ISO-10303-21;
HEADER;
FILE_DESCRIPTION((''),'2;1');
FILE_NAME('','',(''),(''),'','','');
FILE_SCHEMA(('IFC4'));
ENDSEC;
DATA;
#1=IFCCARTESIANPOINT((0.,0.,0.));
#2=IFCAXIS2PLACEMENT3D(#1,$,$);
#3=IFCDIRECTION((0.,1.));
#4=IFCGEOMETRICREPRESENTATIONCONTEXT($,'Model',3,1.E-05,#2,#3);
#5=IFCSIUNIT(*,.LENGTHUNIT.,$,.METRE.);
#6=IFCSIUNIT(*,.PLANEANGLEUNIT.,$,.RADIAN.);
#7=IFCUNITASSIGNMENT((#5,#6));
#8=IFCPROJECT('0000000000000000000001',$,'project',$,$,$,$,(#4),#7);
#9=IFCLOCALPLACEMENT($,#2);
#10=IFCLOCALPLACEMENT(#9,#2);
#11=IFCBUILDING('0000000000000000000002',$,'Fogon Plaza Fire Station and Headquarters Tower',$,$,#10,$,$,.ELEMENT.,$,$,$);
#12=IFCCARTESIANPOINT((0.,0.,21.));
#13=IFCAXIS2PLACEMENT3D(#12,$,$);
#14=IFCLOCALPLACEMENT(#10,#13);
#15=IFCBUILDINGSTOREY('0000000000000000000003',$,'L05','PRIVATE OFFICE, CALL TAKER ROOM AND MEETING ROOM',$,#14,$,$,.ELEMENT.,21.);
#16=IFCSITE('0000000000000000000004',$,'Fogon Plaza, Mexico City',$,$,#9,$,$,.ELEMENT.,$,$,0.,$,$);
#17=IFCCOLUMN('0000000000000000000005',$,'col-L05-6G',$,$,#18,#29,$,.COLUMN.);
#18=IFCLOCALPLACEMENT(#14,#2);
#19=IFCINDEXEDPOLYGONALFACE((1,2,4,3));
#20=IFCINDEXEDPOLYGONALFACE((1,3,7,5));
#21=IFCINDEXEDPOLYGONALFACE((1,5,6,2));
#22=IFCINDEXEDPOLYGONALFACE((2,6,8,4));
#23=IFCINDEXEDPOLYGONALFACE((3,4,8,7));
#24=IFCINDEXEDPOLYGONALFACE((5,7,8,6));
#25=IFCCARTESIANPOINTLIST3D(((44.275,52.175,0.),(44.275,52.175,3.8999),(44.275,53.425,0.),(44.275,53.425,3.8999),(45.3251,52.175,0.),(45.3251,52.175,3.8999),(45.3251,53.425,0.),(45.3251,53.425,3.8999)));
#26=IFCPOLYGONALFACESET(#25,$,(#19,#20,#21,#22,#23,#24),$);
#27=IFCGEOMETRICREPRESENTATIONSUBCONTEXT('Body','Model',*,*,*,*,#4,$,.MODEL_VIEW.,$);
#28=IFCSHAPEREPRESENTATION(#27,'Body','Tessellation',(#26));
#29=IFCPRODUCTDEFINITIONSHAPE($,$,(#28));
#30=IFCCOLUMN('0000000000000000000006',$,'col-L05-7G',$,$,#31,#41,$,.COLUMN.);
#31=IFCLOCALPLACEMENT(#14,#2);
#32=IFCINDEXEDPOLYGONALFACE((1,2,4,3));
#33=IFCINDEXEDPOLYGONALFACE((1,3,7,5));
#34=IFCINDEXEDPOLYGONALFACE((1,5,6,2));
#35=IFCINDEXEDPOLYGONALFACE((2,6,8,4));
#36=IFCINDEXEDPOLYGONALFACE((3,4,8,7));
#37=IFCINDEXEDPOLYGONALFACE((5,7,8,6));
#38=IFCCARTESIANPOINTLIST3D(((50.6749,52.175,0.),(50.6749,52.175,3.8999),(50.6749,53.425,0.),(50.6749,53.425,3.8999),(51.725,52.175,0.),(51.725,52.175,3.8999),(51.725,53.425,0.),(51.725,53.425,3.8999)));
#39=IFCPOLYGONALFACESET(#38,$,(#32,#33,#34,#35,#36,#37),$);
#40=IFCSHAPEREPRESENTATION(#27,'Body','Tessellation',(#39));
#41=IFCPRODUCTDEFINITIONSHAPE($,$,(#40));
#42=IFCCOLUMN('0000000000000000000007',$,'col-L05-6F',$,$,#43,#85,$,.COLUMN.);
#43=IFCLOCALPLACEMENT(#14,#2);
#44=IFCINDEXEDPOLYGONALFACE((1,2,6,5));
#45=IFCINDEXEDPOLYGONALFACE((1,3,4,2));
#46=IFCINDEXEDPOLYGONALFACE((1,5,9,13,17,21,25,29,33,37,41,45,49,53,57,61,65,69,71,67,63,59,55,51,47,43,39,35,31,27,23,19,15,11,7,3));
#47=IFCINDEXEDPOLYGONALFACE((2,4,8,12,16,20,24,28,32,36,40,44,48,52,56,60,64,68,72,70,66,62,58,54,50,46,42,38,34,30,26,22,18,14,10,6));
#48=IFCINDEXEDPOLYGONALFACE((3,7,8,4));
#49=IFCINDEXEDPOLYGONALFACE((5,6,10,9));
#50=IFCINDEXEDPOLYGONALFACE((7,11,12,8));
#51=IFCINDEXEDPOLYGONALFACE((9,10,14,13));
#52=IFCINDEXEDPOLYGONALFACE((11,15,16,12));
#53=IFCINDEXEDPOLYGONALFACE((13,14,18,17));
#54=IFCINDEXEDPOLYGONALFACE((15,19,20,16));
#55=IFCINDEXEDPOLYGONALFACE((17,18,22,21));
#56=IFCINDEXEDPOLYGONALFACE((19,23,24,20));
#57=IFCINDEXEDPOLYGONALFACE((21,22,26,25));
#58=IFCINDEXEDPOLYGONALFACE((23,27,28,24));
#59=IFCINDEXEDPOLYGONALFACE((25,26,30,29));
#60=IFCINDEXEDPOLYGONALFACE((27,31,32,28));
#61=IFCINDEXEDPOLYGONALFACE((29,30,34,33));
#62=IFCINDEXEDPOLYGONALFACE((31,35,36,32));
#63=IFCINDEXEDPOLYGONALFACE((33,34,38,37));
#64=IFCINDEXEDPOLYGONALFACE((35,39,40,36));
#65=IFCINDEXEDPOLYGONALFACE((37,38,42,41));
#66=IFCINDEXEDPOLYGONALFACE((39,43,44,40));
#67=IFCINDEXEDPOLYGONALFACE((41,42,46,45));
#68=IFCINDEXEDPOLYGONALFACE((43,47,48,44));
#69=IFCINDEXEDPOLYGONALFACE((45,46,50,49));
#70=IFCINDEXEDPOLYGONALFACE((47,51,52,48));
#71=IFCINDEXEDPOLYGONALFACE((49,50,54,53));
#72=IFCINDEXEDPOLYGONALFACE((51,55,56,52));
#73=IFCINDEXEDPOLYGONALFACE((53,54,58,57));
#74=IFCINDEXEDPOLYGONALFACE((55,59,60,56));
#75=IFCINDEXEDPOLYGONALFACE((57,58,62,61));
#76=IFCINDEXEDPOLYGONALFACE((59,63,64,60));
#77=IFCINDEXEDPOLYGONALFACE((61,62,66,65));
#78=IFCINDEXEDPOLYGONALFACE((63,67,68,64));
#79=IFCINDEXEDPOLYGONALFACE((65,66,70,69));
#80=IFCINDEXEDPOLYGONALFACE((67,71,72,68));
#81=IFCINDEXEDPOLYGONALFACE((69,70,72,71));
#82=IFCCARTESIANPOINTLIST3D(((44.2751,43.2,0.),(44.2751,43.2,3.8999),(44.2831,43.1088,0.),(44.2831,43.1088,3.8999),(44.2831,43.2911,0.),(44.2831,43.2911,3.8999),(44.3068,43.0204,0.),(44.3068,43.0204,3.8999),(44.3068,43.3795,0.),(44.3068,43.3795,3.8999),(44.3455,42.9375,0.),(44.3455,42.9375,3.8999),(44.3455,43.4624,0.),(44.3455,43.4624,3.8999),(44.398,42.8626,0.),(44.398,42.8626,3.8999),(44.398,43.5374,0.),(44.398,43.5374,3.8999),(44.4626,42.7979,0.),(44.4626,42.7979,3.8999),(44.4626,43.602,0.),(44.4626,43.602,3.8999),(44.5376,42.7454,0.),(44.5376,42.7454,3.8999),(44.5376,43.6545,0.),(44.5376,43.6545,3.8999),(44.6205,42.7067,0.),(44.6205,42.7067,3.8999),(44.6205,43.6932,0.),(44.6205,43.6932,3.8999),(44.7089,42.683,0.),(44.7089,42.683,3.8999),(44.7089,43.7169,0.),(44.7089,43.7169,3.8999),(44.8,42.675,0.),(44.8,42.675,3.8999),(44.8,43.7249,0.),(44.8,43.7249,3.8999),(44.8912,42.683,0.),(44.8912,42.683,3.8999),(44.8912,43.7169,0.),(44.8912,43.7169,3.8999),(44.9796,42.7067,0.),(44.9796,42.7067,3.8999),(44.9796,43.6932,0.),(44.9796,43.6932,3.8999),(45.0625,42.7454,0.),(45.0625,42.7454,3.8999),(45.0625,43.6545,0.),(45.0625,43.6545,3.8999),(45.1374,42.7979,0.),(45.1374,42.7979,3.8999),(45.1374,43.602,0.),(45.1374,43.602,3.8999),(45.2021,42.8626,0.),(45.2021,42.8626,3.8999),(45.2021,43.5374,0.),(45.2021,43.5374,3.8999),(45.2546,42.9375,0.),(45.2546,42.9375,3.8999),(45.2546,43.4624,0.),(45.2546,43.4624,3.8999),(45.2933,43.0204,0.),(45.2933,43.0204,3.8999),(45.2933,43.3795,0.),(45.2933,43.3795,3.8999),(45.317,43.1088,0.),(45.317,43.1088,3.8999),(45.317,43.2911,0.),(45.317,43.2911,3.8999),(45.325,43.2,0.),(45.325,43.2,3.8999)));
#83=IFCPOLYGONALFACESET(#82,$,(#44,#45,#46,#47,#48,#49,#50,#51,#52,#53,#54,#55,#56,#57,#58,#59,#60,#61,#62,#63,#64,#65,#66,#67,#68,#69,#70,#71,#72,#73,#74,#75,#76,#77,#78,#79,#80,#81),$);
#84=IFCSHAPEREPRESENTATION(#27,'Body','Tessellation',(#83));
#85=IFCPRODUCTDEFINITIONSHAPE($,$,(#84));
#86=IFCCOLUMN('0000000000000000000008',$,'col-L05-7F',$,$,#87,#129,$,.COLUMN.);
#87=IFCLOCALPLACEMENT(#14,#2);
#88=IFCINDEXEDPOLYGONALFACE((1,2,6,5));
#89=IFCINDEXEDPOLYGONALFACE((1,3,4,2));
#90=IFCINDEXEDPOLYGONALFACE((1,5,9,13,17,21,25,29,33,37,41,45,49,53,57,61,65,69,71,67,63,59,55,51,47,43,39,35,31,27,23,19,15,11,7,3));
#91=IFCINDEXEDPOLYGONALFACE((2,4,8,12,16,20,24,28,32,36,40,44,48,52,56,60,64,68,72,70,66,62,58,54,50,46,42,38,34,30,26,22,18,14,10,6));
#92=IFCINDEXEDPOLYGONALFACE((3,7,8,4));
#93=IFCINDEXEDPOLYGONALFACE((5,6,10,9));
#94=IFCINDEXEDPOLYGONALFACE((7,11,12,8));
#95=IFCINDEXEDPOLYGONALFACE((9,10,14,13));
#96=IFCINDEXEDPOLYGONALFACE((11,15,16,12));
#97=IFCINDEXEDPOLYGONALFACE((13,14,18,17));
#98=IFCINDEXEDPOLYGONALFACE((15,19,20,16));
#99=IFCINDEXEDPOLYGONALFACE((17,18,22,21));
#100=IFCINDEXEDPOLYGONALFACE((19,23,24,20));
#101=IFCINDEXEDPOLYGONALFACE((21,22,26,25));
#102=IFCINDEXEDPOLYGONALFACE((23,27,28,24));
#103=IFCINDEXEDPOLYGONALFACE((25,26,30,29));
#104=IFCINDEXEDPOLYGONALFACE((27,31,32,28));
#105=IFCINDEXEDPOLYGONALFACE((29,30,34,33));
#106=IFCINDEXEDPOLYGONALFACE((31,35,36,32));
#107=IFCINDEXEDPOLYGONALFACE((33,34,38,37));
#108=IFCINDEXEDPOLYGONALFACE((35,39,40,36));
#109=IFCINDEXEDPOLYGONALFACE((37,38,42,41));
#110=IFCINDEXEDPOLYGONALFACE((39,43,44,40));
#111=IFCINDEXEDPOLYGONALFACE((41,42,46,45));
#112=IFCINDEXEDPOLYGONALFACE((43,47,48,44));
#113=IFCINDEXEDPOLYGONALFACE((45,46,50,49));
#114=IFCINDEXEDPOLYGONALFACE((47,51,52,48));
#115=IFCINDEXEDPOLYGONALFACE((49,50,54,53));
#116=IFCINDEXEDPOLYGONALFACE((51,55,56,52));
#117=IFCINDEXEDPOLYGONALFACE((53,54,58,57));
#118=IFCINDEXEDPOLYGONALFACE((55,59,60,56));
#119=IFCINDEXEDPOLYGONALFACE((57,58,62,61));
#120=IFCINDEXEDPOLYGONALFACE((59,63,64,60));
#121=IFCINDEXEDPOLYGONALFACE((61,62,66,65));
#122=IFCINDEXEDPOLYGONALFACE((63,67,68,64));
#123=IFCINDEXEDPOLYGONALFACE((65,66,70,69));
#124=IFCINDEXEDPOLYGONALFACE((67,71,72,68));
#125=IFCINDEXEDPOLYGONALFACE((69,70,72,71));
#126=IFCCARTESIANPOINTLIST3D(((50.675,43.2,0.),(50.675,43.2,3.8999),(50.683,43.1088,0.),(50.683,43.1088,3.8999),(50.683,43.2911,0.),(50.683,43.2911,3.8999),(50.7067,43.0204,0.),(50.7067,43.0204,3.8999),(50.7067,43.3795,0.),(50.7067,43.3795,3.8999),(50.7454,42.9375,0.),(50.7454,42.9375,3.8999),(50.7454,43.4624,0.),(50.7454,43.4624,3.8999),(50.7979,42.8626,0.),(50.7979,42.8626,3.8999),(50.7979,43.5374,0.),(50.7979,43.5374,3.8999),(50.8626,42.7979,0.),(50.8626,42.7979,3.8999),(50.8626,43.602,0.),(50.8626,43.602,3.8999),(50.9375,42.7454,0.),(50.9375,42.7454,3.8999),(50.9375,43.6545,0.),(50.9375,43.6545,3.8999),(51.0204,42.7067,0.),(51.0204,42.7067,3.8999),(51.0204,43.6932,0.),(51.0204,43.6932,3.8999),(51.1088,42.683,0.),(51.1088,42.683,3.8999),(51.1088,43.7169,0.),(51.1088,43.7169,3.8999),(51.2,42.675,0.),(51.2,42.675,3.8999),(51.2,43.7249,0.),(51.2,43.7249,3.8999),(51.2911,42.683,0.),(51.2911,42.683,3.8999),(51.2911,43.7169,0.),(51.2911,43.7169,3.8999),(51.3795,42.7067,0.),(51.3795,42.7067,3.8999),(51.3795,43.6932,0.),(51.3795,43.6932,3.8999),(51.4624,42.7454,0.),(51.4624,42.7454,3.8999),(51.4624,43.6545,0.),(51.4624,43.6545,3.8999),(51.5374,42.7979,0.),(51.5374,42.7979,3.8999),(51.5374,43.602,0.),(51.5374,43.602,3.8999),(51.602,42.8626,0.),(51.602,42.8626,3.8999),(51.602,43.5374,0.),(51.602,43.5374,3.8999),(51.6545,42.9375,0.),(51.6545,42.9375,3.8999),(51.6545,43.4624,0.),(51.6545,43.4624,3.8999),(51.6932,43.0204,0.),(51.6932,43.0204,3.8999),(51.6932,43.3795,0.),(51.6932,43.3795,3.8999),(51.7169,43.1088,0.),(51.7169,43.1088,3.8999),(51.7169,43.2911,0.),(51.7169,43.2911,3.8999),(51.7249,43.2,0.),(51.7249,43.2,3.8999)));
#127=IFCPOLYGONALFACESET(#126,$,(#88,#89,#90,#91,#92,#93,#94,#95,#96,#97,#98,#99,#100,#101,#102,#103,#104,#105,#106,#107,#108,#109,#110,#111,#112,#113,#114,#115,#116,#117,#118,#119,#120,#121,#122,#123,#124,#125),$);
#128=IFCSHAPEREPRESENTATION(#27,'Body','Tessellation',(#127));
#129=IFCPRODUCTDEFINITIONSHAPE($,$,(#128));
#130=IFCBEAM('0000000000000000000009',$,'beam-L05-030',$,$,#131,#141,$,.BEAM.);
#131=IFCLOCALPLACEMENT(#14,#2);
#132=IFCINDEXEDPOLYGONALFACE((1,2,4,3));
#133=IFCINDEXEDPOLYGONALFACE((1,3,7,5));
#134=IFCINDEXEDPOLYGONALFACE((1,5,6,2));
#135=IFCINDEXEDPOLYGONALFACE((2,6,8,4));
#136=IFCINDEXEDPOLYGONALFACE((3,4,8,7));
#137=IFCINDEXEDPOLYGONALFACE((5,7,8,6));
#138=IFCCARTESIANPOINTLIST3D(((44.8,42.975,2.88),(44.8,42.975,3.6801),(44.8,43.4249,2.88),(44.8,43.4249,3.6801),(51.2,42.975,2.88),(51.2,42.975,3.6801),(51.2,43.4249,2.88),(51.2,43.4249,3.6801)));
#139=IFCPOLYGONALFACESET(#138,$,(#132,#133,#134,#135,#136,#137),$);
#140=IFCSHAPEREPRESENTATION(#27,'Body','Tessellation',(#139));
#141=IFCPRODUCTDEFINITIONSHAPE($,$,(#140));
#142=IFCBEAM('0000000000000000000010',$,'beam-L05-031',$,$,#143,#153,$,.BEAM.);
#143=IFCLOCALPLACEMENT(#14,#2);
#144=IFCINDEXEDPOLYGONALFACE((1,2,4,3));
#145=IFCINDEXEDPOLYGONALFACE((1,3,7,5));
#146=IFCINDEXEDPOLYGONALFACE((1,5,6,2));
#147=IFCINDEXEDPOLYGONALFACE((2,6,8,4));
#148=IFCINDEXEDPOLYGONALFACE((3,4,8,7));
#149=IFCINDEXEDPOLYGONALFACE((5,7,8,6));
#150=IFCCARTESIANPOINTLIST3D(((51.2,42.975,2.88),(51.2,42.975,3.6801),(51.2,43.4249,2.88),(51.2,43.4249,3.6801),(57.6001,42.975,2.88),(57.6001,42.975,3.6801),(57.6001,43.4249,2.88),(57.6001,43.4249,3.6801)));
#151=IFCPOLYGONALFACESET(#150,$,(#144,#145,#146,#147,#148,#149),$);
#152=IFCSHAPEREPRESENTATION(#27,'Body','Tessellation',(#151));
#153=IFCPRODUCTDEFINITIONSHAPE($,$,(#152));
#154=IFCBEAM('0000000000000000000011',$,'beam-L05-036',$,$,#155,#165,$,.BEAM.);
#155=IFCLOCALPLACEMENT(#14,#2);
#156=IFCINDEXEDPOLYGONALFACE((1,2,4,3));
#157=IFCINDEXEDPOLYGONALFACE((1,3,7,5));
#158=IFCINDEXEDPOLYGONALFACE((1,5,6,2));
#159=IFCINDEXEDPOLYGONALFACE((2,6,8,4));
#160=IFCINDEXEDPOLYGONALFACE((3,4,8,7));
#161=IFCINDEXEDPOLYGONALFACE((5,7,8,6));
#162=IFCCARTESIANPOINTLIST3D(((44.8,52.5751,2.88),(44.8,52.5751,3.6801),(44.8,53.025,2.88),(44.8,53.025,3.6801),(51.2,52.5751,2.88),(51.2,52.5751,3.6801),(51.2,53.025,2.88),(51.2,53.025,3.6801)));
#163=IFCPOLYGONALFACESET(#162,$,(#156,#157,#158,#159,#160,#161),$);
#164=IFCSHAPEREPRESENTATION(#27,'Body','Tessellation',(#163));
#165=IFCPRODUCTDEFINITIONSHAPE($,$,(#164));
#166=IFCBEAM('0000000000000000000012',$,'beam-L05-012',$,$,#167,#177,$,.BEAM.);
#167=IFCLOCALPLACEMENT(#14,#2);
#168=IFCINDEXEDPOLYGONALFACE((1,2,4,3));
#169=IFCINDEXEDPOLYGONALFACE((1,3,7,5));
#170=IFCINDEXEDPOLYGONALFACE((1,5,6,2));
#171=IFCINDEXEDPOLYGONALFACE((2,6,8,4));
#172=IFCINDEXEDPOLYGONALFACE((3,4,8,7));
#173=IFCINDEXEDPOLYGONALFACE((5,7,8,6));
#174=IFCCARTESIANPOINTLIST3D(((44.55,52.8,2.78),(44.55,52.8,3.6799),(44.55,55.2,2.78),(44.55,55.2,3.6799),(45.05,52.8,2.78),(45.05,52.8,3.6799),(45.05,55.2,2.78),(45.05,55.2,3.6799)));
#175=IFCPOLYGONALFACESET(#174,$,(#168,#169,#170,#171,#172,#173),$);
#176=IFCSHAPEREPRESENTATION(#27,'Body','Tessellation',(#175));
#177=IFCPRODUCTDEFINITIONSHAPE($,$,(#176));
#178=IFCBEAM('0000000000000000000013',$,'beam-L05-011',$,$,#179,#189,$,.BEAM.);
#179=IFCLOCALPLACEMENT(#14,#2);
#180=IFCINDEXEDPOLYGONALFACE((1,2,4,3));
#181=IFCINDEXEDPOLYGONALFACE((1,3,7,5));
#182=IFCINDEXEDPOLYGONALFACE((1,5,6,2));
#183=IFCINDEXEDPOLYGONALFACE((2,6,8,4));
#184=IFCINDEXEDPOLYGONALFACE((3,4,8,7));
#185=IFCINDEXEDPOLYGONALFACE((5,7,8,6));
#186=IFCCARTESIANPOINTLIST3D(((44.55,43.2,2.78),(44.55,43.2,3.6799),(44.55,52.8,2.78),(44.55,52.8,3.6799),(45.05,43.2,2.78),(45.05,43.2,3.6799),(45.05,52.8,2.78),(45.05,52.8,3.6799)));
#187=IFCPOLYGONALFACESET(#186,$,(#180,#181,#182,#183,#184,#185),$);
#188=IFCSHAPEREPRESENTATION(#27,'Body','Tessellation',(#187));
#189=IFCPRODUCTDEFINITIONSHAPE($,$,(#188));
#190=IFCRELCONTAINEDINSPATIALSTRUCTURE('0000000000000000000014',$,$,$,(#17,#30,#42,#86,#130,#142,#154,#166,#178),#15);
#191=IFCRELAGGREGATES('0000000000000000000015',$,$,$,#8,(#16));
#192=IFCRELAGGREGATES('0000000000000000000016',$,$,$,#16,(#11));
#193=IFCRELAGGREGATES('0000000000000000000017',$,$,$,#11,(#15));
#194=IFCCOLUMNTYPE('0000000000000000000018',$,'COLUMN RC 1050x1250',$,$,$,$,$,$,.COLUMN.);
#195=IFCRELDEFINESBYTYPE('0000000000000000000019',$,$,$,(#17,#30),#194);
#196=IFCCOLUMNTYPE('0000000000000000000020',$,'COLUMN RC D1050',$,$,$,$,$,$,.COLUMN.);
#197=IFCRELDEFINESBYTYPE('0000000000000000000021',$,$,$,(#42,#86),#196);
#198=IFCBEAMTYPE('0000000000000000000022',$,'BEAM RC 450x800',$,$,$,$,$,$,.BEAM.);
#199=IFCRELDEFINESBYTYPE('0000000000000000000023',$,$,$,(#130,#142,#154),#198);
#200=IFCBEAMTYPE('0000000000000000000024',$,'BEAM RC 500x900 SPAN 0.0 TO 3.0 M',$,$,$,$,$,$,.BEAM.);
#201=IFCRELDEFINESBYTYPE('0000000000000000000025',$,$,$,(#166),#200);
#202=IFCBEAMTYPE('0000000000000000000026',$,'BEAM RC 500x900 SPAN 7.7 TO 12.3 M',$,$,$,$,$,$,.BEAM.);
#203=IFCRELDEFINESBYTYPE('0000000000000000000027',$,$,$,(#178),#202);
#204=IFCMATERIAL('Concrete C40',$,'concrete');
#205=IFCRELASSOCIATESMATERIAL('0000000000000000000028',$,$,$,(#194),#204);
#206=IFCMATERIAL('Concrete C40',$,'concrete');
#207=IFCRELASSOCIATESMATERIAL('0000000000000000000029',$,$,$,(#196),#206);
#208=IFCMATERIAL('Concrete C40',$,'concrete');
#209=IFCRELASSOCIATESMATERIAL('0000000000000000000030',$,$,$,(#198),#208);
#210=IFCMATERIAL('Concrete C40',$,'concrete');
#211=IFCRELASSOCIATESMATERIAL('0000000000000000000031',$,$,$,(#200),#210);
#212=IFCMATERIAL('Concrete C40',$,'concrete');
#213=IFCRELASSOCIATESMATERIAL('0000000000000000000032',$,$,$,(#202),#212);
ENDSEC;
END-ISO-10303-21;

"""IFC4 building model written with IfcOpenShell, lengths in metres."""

from ifc_helpers import new_model, si_unit, direction, frame, origin, origin_2d, place, context, subcontext, project, spatial, rectangle, circle, extrude, material, material_profile, profile_set, type_object, element, save


model = new_model("IFC4")

# Units and contexts
model_context = context("Model", 3, precision=1e-05, world=origin(), true_north=direction((0.0, 1.0)))
body_context = subcontext(model_context, "Body", "Model", "MODEL_VIEW")
ifc_project = project(units=[si_unit("LENGTHUNIT", "METRE"), si_unit("PLANEANGLEUNIT", "RADIAN")], contexts=[model_context])

# Site, building, storey
site_placement = place(None, origin())
site = spatial("IfcSite", under=ifc_project, at=site_placement, Name="Fogon Plaza, Mexico City", CompositionType="ELEMENT", RefElevation=0.0)
building_placement = place(site_placement, origin())
building = spatial("IfcBuilding", under=site, at=building_placement, Name="Fogon Plaza Fire Station and Headquarters Tower", CompositionType="ELEMENT")
storey_placement = place(building_placement, frame((0.0, 0.0, 21.0)))
storey = spatial("IfcBuildingStorey", under=building, at=storey_placement, Name="L05", Description="PRIVATE OFFICE, CALL TAKER ROOM AND MEETING ROOM", CompositionType="ELEMENT", Elevation=21.0)

# Columns
ifc_material_1 = material(Name="Concrete C40", Category="concrete")
ifc_material_profile_1 = material_profile(ifc_material_1, rectangle(XDim=1.05, YDim=1.25, at=origin_2d()), Name="RC 1050x1250")
ifc_profile_set_1 = profile_set([ifc_material_profile_1], Name="Concrete C40")
column_type_1 = type_object("IfcColumnType", Name="COLUMN RC 1050x1250", PredefinedType="COLUMN", material=ifc_profile_set_1)
for number, where, z_axis, x_axis, name in (
    (1, (44.8, 52.8, 0.0), (0.0, 0.0, 1.0), (1.0, 0.0, 0.0), "col-L05-6G"),
    (2, (51.2, 52.8, 0.0), (0.0, 0.0, 1.0), (1.0, 0.0, 0.0), "col-L05-7G"),
):
    element("IfcColumn", number, at=place(storey_placement, frame(where, z_axis=z_axis, x_axis=x_axis)), inside=storey, type_object=column_type_1, Name=name, PredefinedType="COLUMN", context=body_context, shape_type="SweptSolid", body=[
        extrude(rectangle(XDim=1.05, YDim=1.25, at=origin_2d()), origin(), (0.0, 0.0, 1.0), 3.8999),
    ])
ifc_material_2 = material(Name="Concrete C40", Category="concrete")
ifc_material_profile_2 = material_profile(ifc_material_2, circle(Radius=0.5249, at=origin_2d()), Name="RC D1050")
ifc_profile_set_2 = profile_set([ifc_material_profile_2], Name="Concrete C40")
column_type_2 = type_object("IfcColumnType", Name="COLUMN RC D1050", PredefinedType="COLUMN", material=ifc_profile_set_2)
for number, where, z_axis, x_axis, name in (
    (3, (44.8, 43.2, 0.0), (0.0, 0.0, 1.0), (1.0, 0.0, 0.0), "col-L05-6F"),
    (4, (51.2, 43.2, 0.0), (0.0, 0.0, 1.0), (1.0, 0.0, 0.0), "col-L05-7F"),
):
    element("IfcColumn", number, at=place(storey_placement, frame(where, z_axis=z_axis, x_axis=x_axis)), inside=storey, type_object=column_type_2, Name=name, PredefinedType="COLUMN", context=body_context, shape_type="SweptSolid", body=[
        extrude(circle(Radius=0.5249, at=origin_2d()), origin(), (0.0, 0.0, 1.0), 3.8999),
    ])

# Beams
ifc_material_3 = material(Name="Concrete C40", Category="concrete")
ifc_material_profile_3 = material_profile(ifc_material_3, rectangle(XDim=0.45, YDim=0.8, at=origin_2d()), Name="RC 450x800")
ifc_profile_set_3 = profile_set([ifc_material_profile_3], Name="Concrete C40")
beam_type_1 = type_object("IfcBeamType", Name="BEAM RC 450x800", PredefinedType="BEAM", material=ifc_profile_set_3)
beam_1_placement = place(storey_placement, frame((44.8, 43.2, 3.28), z_axis=(1.0, 0.0, 0.0), x_axis=(0.0, 1.0, 0.0)))
element("IfcBeam", 5, at=beam_1_placement, inside=storey, type_object=beam_type_1, Name="beam-L05-030", PredefinedType="BEAM", context=body_context, shape_type="SweptSolid", body=[
    extrude(rectangle(XDim=0.45, YDim=0.8, at=origin_2d()), origin(), (0.0, 0.0, 1.0), 6.3999),
])
beam_2_placement = place(storey_placement, frame((51.2, 43.2, 3.28), z_axis=(1.0, 0.0, 0.0), x_axis=(0.0, 1.0, 0.0)))
element("IfcBeam", 6, at=beam_2_placement, inside=storey, type_object=beam_type_1, Name="beam-L05-031", PredefinedType="BEAM", context=body_context, shape_type="SweptSolid", body=[
    extrude(rectangle(XDim=0.45, YDim=0.8, at=origin_2d()), origin(), (0.0, 0.0, 1.0), 6.4001),
])
beam_3_placement = place(storey_placement, frame((44.8, 52.8, 3.28), z_axis=(1.0, 0.0, 0.0), x_axis=(0.0, 1.0, 0.0)))
element("IfcBeam", 7, at=beam_3_placement, inside=storey, type_object=beam_type_1, Name="beam-L05-036", PredefinedType="BEAM", context=body_context, shape_type="SweptSolid", body=[
    extrude(rectangle(XDim=0.45, YDim=0.8, at=origin_2d()), origin(), (0.0, 0.0, 1.0), 6.3999),
])
ifc_material_4 = material(Name="Concrete C40", Category="concrete")
ifc_material_profile_4 = material_profile(ifc_material_4, rectangle(XDim=0.5, YDim=0.8999, at=origin_2d()), Name="RC 500x900")
ifc_profile_set_4 = profile_set([ifc_material_profile_4], Name="Concrete C40")
beam_type_2 = type_object("IfcBeamType", Name="BEAM RC 500x900 SPAN 0.0 TO 3.0 M", PredefinedType="BEAM", material=ifc_profile_set_4)
beam_4_placement = place(storey_placement, frame((44.8, 52.8, 3.23), z_axis=(0.0, 1.0, 0.0), x_axis=(-1.0, 0.0, 0.0)))
element("IfcBeam", 8, at=beam_4_placement, inside=storey, type_object=beam_type_2, Name="beam-L05-012", PredefinedType="BEAM", context=body_context, shape_type="SweptSolid", body=[
    extrude(rectangle(XDim=0.5, YDim=0.8999, at=origin_2d()), origin(), (0.0, 0.0, 1.0), 2.3999),
])
ifc_material_5 = material(Name="Concrete C40", Category="concrete")
ifc_material_profile_5 = material_profile(ifc_material_5, rectangle(XDim=0.5, YDim=0.8999, at=origin_2d()), Name="RC 500x900")
ifc_profile_set_5 = profile_set([ifc_material_profile_5], Name="Concrete C40")
beam_type_3 = type_object("IfcBeamType", Name="BEAM RC 500x900 SPAN 7.7 TO 12.3 M", PredefinedType="BEAM", material=ifc_profile_set_5)
for number, where, z_axis, x_axis, name in (
    (9, (44.8, 43.2, 3.23), (0.0, 1.0, 0.0), (-1.0, 0.0, 0.0), "beam-L05-011"),
):
    element("IfcBeam", number, at=place(storey_placement, frame(where, z_axis=z_axis, x_axis=x_axis)), inside=storey, type_object=beam_type_3, Name=name, PredefinedType="BEAM", context=body_context, shape_type="SweptSolid", body=[
        extrude(rectangle(XDim=0.5, YDim=0.8999, at=origin_2d()), origin(), (0.0, 0.0, 1.0), 9.6001),
    ])

save(model, "model.ifc")
